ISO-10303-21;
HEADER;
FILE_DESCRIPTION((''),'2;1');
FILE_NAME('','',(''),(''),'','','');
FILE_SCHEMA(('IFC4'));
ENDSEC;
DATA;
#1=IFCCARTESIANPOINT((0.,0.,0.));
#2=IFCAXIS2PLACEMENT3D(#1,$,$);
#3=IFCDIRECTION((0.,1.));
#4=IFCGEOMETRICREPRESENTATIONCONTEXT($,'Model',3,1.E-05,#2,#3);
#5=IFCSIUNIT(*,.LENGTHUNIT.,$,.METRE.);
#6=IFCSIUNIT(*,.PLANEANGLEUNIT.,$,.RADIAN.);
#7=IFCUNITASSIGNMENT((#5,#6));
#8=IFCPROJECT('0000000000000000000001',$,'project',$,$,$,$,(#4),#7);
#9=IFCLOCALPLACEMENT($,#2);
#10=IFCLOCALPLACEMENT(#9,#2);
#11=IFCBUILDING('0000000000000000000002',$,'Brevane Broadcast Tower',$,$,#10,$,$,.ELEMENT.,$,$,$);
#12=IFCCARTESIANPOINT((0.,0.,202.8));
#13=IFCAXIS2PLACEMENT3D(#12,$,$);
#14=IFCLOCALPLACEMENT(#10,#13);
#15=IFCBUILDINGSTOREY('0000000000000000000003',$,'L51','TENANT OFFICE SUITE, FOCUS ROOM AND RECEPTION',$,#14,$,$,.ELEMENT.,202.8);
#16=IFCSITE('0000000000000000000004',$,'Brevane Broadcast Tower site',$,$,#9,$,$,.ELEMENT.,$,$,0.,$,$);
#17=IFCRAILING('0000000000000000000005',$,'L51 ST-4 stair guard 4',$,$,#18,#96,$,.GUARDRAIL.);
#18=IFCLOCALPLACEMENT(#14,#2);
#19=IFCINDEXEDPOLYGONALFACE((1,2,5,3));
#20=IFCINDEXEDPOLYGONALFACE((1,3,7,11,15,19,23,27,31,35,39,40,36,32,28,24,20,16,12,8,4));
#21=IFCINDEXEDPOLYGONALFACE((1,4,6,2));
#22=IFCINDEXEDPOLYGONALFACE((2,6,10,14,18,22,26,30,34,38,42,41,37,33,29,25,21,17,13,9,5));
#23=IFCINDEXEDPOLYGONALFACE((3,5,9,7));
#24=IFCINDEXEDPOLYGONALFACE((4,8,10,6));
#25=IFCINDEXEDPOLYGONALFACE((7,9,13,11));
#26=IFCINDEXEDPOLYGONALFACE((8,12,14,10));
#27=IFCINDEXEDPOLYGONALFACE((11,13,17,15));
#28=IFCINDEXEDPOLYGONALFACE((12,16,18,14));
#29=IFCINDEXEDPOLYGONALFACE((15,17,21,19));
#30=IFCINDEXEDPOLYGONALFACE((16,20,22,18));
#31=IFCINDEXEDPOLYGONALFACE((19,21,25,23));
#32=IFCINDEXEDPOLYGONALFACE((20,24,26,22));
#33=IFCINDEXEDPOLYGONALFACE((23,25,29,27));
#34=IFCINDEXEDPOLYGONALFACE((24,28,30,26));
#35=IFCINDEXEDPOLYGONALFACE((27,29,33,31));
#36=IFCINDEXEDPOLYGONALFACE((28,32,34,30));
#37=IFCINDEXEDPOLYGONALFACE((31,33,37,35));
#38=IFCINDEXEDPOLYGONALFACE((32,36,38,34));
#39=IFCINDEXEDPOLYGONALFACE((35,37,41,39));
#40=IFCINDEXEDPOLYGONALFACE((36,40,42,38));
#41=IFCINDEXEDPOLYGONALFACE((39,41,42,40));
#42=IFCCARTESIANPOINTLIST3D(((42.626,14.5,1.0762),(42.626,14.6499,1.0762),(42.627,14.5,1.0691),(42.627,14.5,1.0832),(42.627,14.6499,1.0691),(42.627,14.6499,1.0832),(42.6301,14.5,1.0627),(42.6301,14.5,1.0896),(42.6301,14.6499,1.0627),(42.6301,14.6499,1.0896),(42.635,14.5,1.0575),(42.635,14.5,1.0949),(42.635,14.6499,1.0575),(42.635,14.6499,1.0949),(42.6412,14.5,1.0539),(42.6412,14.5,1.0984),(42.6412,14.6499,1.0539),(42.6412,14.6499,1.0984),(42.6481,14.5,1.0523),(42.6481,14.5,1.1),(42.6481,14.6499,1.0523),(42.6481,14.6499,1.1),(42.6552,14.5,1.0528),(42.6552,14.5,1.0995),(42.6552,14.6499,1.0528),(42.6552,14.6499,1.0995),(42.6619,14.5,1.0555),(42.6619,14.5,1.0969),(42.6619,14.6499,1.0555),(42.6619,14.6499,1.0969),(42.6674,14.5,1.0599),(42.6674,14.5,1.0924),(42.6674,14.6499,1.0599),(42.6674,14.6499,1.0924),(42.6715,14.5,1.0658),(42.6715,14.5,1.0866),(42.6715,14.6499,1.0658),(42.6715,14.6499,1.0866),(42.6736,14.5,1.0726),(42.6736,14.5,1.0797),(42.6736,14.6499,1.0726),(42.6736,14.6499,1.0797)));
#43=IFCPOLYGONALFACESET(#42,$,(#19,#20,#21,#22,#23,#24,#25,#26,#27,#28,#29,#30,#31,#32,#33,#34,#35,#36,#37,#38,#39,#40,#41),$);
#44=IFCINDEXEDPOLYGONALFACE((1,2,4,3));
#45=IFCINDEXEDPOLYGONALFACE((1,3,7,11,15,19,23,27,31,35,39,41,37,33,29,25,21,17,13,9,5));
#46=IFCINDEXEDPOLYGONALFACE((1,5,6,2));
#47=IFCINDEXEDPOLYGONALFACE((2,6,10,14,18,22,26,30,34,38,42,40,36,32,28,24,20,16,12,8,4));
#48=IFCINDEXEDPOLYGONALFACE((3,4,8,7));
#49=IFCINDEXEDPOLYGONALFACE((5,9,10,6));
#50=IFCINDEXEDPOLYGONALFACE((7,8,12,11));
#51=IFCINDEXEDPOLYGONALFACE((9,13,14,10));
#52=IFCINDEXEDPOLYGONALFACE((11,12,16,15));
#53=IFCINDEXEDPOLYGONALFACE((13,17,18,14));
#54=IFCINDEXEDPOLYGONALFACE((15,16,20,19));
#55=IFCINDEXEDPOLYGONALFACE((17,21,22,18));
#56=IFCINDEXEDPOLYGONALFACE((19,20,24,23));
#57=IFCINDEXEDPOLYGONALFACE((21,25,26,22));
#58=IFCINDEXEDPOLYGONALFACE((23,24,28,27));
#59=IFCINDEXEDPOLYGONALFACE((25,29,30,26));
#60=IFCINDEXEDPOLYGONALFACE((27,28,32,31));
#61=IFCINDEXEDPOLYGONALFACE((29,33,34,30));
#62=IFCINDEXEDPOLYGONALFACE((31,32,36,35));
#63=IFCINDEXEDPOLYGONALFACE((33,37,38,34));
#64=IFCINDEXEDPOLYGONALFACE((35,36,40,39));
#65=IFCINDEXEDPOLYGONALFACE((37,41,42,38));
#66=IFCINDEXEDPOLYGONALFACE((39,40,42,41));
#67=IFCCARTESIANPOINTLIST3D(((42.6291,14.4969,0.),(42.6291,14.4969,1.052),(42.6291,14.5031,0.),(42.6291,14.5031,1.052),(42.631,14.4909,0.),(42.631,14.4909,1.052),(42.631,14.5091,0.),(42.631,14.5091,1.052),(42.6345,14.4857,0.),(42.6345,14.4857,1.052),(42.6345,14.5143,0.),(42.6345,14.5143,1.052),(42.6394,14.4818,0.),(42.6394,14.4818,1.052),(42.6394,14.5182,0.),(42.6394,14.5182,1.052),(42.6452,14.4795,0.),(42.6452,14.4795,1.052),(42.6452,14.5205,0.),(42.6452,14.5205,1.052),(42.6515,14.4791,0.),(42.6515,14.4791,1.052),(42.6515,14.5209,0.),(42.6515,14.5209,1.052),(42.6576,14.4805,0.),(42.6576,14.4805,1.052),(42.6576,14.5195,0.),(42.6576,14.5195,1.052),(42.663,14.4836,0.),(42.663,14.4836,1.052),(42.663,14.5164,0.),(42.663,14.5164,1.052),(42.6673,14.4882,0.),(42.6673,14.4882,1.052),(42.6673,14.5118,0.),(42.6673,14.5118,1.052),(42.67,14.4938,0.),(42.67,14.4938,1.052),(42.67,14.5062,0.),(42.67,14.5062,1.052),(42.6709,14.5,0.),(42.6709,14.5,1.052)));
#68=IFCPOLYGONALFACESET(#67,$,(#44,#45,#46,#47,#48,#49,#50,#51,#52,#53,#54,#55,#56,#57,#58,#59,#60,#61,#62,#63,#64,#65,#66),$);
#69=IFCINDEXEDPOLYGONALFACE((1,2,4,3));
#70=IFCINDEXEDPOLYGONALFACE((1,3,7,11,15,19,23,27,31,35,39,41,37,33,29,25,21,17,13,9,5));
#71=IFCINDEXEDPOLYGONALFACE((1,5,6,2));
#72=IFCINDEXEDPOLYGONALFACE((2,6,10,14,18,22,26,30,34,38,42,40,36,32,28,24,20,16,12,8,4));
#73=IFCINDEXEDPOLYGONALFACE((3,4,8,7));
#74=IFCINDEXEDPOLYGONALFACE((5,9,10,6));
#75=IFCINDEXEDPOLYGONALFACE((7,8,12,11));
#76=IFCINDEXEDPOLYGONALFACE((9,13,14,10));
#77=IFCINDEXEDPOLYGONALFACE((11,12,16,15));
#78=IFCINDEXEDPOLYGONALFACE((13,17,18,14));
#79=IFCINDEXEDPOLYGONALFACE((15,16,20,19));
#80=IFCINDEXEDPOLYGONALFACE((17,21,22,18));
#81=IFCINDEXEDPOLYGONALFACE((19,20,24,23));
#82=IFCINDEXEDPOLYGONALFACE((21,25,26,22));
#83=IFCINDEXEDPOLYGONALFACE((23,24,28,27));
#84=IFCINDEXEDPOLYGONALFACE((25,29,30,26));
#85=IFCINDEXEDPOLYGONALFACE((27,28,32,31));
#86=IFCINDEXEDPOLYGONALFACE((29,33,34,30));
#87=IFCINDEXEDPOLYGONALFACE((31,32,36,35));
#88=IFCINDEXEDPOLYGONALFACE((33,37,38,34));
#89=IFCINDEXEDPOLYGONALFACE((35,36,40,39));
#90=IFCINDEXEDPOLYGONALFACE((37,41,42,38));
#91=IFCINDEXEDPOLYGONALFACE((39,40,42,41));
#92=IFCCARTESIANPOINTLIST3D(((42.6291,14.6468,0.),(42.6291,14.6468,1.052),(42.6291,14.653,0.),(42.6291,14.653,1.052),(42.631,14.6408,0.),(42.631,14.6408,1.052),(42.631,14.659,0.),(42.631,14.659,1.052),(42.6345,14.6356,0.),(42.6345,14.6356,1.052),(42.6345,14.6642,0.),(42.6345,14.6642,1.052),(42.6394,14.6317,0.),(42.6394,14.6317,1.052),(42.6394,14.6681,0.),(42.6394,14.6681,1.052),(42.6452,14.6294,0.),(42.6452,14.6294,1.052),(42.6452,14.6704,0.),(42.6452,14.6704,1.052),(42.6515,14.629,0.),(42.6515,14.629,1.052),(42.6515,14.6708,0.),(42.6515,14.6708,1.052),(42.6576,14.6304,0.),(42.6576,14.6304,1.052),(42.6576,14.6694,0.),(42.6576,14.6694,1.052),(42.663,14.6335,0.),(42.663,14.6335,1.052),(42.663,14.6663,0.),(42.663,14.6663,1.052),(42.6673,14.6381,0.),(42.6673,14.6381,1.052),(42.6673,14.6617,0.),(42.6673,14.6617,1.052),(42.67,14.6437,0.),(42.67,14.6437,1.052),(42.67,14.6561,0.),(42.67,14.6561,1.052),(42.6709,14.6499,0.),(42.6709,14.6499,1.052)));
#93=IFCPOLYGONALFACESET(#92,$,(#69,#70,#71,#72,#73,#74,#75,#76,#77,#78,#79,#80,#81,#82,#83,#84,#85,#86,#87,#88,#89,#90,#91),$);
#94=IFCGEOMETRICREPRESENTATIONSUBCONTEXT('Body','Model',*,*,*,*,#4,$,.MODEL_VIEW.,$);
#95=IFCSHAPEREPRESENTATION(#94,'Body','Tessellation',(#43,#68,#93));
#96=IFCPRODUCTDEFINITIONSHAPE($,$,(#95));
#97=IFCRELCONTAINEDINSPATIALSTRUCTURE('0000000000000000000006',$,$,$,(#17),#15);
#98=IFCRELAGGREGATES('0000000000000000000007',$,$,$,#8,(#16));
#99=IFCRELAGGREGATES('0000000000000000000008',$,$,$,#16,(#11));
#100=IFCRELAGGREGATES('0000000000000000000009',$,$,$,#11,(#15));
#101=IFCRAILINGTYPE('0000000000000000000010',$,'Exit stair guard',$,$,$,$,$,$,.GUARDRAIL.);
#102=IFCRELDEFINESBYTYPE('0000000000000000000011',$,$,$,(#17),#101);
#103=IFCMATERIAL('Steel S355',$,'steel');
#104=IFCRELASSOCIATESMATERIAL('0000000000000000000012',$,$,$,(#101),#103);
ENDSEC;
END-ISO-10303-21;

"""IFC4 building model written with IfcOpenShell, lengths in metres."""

from ifc_helpers import new_model, si_unit, direction, frame, origin, origin_2d, place, context, subcontext, project, spatial, circle, extrude, material, type_object, element, save


model = new_model("IFC4")

# Units and contexts
model_context = context("Model", 3, precision=1e-05, world=origin(), true_north=direction((0.0, 1.0)))
body_context = subcontext(model_context, "Body", "Model", "MODEL_VIEW")
ifc_project = project(units=[si_unit("LENGTHUNIT", "METRE"), si_unit("PLANEANGLEUNIT", "RADIAN")], contexts=[model_context])

# Site, building, storey
site_placement = place(None, origin())
site = spatial("IfcSite", under=ifc_project, at=site_placement, Name="Brevane Broadcast Tower site", CompositionType="ELEMENT", RefElevation=0.0)
building_placement = place(site_placement, origin())
building = spatial("IfcBuilding", under=site, at=building_placement, Name="Brevane Broadcast Tower", CompositionType="ELEMENT")
storey_placement = place(building_placement, frame((0.0, 0.0, 202.8)))
storey = spatial("IfcBuildingStorey", under=building, at=storey_placement, Name="L51", Description="TENANT OFFICE SUITE, FOCUS ROOM AND RECEPTION", CompositionType="ELEMENT", Elevation=202.8)

# Railing
ifc_material_1 = material(Name="Steel S355", Category="steel")
railing_type_1 = type_object("IfcRailingType", Name="Exit stair guard", PredefinedType="GUARDRAIL", material=ifc_material_1)
railing_1_placement = place(storey_placement, frame((42.6499, 14.5, 0.0)))
element("IfcRailing", 1, at=railing_1_placement, inside=storey, type_object=railing_type_1, Name="L51 ST-4 stair guard 4", PredefinedType="GUARDRAIL", context=body_context, shape_type="SweptSolid", body=[
    extrude(circle(Radius=0.0239, at=origin_2d()), frame((0.0, 0.0, 1.0762), z_axis=(0.0, 1.0, 0.0), x_axis=(-1.0, 0.0, 0.0)), (0.0, 0.0, 1.0), 0.1499),
    extrude(circle(Radius=0.021, at=origin_2d()), origin(), (0.0, 0.0, 1.0), 1.052),
    extrude(circle(Radius=0.021, at=origin_2d()), frame((0.0, 0.1499, 0.0)), (0.0, 0.0, 1.0), 1.052),
])

save(model, "model.ifc")
